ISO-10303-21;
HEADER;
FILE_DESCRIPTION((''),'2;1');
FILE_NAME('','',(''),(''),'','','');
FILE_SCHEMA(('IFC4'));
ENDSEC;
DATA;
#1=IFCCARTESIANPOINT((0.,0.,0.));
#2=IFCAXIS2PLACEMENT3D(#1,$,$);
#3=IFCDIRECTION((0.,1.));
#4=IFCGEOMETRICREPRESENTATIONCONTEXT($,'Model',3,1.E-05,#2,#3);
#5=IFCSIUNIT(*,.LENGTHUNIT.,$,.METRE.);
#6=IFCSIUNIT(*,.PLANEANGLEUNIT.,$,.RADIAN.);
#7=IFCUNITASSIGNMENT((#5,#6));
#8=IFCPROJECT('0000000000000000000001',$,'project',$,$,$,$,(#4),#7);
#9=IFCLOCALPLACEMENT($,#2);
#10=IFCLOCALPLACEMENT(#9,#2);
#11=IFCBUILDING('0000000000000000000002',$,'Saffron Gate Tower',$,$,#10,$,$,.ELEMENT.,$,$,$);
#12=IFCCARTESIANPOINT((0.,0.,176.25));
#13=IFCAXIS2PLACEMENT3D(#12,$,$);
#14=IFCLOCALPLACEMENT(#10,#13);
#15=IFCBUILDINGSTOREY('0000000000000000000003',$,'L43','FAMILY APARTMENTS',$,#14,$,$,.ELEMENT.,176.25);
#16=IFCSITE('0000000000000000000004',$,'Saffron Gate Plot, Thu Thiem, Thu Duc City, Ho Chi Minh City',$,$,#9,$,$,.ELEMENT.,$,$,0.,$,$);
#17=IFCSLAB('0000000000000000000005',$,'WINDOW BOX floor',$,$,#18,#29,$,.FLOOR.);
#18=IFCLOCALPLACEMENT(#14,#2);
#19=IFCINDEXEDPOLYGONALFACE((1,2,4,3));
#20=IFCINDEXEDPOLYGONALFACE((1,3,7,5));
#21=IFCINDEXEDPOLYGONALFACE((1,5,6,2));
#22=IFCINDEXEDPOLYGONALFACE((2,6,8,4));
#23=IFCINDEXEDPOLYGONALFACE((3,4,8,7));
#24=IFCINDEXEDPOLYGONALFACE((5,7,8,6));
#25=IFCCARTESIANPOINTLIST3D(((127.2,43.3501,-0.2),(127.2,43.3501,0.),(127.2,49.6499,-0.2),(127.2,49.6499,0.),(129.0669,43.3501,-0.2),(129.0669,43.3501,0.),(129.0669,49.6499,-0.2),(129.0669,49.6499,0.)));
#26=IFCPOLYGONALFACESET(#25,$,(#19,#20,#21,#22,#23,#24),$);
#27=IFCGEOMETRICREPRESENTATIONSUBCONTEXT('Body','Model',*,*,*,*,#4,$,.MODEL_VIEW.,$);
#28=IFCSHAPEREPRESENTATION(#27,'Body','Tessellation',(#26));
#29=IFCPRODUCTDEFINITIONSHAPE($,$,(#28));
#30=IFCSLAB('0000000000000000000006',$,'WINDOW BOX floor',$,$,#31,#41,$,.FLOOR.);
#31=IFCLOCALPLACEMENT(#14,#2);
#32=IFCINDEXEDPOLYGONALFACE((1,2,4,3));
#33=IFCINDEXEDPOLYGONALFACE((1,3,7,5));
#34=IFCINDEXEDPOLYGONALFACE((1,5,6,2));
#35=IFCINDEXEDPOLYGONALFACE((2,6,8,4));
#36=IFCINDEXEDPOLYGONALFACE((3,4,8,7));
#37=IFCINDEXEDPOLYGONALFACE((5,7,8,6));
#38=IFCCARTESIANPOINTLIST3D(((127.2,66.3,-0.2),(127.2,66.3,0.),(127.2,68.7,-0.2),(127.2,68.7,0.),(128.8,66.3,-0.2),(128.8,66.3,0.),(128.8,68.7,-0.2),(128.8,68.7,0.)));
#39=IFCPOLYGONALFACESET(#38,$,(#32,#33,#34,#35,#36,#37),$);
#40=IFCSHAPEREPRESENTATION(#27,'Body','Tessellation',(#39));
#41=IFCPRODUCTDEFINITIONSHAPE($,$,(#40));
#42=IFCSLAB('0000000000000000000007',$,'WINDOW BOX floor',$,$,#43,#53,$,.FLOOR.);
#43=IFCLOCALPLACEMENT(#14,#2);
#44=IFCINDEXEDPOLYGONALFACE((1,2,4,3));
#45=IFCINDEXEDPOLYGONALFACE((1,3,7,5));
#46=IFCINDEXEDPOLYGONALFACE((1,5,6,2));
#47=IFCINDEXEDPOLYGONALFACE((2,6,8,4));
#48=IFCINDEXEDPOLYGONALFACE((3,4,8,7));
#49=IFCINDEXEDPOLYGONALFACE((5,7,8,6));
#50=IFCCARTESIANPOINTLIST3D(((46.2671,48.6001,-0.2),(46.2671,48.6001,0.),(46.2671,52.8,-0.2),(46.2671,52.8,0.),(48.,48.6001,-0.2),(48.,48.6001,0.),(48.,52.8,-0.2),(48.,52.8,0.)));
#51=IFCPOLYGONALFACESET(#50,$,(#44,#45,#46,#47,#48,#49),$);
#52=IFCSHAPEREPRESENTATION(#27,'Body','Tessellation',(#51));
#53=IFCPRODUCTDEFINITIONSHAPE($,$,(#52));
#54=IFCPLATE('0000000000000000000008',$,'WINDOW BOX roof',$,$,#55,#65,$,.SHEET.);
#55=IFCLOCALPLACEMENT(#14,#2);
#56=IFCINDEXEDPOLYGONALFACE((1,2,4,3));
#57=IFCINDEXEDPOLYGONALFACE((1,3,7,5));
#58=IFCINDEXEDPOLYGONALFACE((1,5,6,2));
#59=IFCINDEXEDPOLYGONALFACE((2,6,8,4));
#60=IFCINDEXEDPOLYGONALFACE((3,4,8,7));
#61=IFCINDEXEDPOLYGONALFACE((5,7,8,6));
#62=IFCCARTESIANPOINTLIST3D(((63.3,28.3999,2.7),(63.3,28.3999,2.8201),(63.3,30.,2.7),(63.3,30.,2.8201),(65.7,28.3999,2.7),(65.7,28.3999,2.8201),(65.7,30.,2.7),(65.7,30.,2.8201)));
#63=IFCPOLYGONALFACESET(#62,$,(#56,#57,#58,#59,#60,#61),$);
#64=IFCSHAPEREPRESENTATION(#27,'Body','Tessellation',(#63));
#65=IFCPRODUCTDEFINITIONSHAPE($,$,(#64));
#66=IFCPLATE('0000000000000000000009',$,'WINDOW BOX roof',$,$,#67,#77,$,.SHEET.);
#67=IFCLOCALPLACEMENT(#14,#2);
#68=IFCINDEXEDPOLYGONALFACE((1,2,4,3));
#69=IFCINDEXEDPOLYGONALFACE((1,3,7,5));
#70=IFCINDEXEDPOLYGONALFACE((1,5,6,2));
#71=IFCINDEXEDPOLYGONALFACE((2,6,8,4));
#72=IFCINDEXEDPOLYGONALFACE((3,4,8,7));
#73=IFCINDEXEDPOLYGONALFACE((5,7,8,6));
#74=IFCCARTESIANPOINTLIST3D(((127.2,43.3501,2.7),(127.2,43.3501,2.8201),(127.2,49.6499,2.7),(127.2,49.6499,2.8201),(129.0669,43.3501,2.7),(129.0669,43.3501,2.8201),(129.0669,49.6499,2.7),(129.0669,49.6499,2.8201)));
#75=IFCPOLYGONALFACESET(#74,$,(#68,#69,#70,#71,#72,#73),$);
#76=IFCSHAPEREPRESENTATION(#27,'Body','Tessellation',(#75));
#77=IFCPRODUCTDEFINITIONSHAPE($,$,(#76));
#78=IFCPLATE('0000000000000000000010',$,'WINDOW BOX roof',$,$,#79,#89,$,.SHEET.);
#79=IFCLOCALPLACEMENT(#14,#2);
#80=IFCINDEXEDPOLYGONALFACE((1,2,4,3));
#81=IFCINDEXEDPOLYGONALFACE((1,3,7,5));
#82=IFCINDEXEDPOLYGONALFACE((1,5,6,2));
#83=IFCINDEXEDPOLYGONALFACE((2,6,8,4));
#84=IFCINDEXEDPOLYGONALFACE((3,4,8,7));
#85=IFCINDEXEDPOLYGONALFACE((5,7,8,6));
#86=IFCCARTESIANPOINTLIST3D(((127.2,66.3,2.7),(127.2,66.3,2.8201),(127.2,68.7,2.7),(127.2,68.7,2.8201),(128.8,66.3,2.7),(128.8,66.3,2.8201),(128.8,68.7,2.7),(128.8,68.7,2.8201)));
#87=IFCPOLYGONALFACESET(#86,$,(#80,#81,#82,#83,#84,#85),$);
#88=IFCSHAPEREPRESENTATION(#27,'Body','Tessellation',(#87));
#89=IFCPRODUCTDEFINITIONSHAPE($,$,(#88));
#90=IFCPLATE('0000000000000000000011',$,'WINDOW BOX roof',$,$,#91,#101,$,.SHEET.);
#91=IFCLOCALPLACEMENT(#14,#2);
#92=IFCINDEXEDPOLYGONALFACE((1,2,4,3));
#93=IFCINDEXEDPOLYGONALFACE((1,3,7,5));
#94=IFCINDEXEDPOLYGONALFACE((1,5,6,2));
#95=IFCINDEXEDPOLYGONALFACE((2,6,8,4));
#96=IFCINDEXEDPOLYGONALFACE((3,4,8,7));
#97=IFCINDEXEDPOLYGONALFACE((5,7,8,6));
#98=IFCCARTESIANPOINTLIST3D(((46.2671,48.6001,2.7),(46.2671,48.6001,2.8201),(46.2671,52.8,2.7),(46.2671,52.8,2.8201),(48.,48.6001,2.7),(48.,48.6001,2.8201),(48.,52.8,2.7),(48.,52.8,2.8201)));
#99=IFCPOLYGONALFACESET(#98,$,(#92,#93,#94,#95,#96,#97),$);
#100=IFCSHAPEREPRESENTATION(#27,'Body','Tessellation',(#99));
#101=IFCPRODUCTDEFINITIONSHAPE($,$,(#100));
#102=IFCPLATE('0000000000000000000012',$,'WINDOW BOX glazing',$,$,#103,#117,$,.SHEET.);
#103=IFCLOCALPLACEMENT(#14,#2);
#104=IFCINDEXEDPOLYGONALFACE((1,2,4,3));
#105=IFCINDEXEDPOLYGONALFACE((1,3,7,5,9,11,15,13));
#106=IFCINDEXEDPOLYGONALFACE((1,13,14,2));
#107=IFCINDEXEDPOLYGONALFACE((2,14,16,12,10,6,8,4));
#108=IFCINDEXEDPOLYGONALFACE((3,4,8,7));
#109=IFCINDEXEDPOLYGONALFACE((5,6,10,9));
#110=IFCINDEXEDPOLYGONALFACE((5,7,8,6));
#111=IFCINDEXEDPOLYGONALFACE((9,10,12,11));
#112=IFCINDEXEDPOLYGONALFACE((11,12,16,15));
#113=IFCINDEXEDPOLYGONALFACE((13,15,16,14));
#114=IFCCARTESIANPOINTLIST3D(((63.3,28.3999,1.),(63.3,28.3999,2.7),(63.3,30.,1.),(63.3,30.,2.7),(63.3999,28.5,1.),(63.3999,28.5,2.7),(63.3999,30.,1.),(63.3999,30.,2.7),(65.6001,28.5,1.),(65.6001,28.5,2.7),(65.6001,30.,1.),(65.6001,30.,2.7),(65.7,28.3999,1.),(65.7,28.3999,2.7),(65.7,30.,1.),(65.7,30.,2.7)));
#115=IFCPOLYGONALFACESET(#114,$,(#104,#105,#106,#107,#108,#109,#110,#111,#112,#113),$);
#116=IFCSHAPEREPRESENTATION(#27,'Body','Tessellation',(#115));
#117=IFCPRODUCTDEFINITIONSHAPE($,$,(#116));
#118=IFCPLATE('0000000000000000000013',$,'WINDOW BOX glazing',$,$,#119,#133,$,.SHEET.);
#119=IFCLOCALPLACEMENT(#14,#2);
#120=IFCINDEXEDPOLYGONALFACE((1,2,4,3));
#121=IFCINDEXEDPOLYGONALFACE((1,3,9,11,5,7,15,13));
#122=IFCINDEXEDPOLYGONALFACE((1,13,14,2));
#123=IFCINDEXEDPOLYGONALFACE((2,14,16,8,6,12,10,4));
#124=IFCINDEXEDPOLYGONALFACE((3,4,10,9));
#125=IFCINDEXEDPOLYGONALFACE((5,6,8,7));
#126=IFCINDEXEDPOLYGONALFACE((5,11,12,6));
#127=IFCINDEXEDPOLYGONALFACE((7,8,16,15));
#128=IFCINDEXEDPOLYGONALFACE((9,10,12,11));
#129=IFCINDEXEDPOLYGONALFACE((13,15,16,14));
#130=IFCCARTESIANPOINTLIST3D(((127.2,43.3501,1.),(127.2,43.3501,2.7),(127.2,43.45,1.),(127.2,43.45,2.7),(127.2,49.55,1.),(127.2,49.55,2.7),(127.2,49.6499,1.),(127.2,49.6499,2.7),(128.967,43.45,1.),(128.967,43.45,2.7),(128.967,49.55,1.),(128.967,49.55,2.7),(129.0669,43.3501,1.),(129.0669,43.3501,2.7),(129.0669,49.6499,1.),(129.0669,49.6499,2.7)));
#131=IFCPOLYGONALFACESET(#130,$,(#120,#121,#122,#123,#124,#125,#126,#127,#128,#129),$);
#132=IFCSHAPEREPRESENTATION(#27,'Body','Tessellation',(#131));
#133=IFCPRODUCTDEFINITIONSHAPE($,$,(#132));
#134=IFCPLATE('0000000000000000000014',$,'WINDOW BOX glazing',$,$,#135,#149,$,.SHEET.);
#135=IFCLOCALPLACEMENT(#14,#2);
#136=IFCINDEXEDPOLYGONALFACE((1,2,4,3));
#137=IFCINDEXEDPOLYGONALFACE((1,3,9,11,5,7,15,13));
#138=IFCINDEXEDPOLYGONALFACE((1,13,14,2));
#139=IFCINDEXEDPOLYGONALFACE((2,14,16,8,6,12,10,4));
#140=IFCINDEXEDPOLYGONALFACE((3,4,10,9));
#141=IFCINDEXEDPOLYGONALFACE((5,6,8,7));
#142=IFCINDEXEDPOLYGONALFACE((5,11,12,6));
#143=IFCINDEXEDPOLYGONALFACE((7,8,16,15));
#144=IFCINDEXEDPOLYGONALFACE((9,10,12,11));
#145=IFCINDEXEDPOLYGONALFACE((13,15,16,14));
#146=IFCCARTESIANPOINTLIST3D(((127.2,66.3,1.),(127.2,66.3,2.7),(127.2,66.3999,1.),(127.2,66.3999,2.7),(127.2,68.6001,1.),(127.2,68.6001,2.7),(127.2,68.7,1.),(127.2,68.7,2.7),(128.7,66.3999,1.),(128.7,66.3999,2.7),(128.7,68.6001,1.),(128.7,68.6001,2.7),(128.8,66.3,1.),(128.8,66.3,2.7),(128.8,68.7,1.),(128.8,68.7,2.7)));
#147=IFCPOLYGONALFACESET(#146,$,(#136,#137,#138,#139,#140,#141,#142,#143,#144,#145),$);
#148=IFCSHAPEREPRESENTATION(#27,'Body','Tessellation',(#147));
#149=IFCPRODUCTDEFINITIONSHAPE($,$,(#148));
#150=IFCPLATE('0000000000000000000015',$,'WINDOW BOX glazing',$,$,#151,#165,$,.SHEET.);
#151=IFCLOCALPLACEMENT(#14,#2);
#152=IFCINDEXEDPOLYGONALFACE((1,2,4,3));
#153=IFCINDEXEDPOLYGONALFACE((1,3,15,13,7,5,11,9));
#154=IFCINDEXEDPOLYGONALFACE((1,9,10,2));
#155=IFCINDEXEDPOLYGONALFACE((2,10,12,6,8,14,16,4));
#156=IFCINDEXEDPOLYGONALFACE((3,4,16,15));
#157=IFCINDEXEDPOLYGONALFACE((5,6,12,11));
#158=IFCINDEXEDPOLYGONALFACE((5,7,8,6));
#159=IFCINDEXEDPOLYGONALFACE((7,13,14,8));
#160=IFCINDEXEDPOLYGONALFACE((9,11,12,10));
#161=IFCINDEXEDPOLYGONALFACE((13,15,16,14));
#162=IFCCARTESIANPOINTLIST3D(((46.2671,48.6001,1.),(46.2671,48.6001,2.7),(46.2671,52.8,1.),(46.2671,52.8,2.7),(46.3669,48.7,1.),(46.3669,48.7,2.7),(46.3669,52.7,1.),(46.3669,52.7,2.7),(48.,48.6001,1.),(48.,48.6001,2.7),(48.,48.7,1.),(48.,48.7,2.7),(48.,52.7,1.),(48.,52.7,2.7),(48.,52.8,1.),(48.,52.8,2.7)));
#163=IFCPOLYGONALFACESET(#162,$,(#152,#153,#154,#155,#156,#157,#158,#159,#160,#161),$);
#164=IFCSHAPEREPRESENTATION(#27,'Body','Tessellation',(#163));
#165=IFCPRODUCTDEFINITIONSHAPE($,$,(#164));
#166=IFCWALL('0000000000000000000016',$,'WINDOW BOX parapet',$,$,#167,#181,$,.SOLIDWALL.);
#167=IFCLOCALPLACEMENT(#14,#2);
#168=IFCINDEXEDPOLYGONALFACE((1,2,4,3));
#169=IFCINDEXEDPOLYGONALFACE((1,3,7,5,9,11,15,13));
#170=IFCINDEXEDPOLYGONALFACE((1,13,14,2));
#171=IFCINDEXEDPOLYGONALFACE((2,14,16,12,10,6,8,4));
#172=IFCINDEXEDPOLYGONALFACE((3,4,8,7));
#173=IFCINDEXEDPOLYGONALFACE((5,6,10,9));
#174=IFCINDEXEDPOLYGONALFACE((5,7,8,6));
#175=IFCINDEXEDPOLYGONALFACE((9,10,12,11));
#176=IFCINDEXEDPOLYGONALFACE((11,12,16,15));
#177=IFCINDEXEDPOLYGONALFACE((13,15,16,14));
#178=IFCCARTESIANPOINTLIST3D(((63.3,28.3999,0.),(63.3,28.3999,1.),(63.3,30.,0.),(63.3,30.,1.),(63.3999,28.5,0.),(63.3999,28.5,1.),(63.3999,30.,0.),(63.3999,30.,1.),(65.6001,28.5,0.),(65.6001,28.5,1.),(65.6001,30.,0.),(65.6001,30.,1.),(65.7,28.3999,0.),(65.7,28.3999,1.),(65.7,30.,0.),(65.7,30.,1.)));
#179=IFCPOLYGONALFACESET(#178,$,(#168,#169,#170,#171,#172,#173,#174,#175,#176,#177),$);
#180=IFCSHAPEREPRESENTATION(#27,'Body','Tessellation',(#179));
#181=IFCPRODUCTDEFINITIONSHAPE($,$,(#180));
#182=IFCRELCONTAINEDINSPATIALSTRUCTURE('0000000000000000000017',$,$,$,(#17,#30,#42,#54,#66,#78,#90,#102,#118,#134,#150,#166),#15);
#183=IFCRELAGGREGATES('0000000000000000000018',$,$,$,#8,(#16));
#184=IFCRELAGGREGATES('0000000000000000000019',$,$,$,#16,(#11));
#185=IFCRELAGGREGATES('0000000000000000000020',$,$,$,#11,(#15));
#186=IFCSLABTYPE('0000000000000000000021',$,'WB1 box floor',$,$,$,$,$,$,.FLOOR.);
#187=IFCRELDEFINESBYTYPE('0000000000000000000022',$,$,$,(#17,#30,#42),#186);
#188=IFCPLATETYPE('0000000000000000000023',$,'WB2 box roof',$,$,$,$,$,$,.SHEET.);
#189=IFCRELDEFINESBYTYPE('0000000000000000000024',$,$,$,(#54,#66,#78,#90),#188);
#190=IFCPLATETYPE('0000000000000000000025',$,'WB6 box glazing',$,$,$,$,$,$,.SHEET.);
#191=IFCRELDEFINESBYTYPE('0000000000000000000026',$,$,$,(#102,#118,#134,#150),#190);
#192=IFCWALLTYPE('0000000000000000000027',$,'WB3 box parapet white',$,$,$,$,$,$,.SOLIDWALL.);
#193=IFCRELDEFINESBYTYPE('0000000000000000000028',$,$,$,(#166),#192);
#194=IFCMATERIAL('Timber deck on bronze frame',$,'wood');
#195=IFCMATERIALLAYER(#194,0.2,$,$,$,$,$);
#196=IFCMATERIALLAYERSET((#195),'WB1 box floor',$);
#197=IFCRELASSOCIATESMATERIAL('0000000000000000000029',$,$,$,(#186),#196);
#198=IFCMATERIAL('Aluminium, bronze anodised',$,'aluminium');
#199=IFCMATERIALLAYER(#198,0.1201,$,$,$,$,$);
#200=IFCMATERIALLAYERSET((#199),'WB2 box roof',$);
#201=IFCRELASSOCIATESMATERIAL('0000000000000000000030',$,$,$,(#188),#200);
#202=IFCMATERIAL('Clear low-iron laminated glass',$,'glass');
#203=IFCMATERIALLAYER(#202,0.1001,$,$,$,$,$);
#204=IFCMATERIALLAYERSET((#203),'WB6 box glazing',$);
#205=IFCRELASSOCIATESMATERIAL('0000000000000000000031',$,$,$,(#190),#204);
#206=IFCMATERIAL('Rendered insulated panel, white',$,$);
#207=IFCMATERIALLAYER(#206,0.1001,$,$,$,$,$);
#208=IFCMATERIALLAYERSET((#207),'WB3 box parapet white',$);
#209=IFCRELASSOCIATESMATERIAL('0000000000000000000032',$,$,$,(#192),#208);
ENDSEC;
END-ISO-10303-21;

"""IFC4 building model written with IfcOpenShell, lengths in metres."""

from ifc_helpers import new_model, si_unit, direction, frame, origin, place, context, subcontext, project, spatial, polyline, outline, extrude, material, layer, layer_set, type_object, element, save


model = new_model("IFC4")

# Units and contexts
model_context = context("Model", 3, precision=1e-05, world=origin(), true_north=direction((0.0, 1.0)))
body_context = subcontext(model_context, "Body", "Model", "MODEL_VIEW")
ifc_project = project(units=[si_unit("LENGTHUNIT", "METRE"), si_unit("PLANEANGLEUNIT", "RADIAN")], contexts=[model_context])

# Site, building, storey
site_placement = place(None, origin())
site = spatial("IfcSite", under=ifc_project, at=site_placement, Name="Saffron Gate Plot, Thu Thiem, Thu Duc City, Ho Chi Minh City", CompositionType="ELEMENT", RefElevation=0.0)
building_placement = place(site_placement, origin())
building = spatial("IfcBuilding", under=site, at=building_placement, Name="Saffron Gate Tower", CompositionType="ELEMENT")
storey_placement = place(building_placement, frame((0.0, 0.0, 176.25)))
storey = spatial("IfcBuildingStorey", under=building, at=storey_placement, Name="L43", Description="FAMILY APARTMENTS", CompositionType="ELEMENT", Elevation=176.25)

# Slabs
ifc_material_1 = material(Name="Timber deck on bronze frame", Category="wood")
ifc_layer_1 = layer(ifc_material_1, 0.2)
ifc_layer_set_1 = layer_set([ifc_layer_1], Name="WB1 box floor")
slab_type_1 = type_object("IfcSlabType", Name="WB1 box floor", PredefinedType="FLOOR", material=ifc_layer_set_1)
slab_1_placement = place(storey_placement, frame((0.0, 0.0, -0.2)))
element("IfcSlab", 1, at=slab_1_placement, inside=storey, type_object=slab_type_1, Name="WINDOW BOX floor", PredefinedType="FLOOR", context=body_context, shape_type="SweptSolid", body=[
    extrude(outline(polyline([(127.2, 43.3501), (127.2, 49.6499), (129.0669, 49.6499), (129.0669, 43.3501), (127.2, 43.3501)])), origin(), (0.0, 0.0, 1.0), 0.2),
])
slab_2_placement = place(storey_placement, frame((0.0, 0.0, -0.2)))
element("IfcSlab", 2, at=slab_2_placement, inside=storey, type_object=slab_type_1, Name="WINDOW BOX floor", PredefinedType="FLOOR", context=body_context, shape_type="SweptSolid", body=[
    extrude(outline(polyline([(127.2, 66.3), (127.2, 68.7), (128.8, 68.7), (128.8, 66.3), (127.2, 66.3)])), origin(), (0.0, 0.0, 1.0), 0.2),
])
slab_3_placement = place(storey_placement, frame((0.0, 0.0, -0.2)))
element("IfcSlab", 3, at=slab_3_placement, inside=storey, type_object=slab_type_1, Name="WINDOW BOX floor", PredefinedType="FLOOR", context=body_context, shape_type="SweptSolid", body=[
    extrude(outline(polyline([(48.0, 52.8), (48.0, 48.6001), (46.2671, 48.6001), (46.2671, 52.8), (48.0, 52.8)])), origin(), (0.0, 0.0, 1.0), 0.2),
])

# Plates
ifc_material_2 = material(Name="Aluminium, bronze anodised", Category="aluminium")
ifc_layer_2 = layer(ifc_material_2, 0.1201)
ifc_layer_set_2 = layer_set([ifc_layer_2], Name="WB2 box roof")
plate_type_1 = type_object("IfcPlateType", Name="WB2 box roof", PredefinedType="SHEET", material=ifc_layer_set_2)
plate_1_placement = place(storey_placement, frame((0.0, 0.0, 2.7)))
element("IfcPlate", 4, at=plate_1_placement, inside=storey, type_object=plate_type_1, Name="WINDOW BOX roof", PredefinedType="SHEET", context=body_context, shape_type="SweptSolid", body=[
    extrude(outline(polyline([(63.3, 30.0), (65.7, 30.0), (65.7, 28.3999), (63.3, 28.3999), (63.3, 30.0)])), origin(), (0.0, 0.0, 1.0), 0.1201),
])
plate_2_placement = place(storey_placement, frame((0.0, 0.0, 2.7)))
element("IfcPlate", 5, at=plate_2_placement, inside=storey, type_object=plate_type_1, Name="WINDOW BOX roof", PredefinedType="SHEET", context=body_context, shape_type="SweptSolid", body=[
    extrude(outline(polyline([(127.2, 43.3501), (127.2, 49.6499), (129.0669, 49.6499), (129.0669, 43.3501), (127.2, 43.3501)])), origin(), (0.0, 0.0, 1.0), 0.1201),
])
plate_3_placement = place(storey_placement, frame((0.0, 0.0, 2.7)))
element("IfcPlate", 6, at=plate_3_placement, inside=storey, type_object=plate_type_1, Name="WINDOW BOX roof", PredefinedType="SHEET", context=body_context, shape_type="SweptSolid", body=[
    extrude(outline(polyline([(127.2, 66.3), (127.2, 68.7), (128.8, 68.7), (128.8, 66.3), (127.2, 66.3)])), origin(), (0.0, 0.0, 1.0), 0.1201),
])
plate_4_placement = place(storey_placement, frame((0.0, 0.0, 2.7)))
element("IfcPlate", 7, at=plate_4_placement, inside=storey, type_object=plate_type_1, Name="WINDOW BOX roof", PredefinedType="SHEET", context=body_context, shape_type="SweptSolid", body=[
    extrude(outline(polyline([(48.0, 52.8), (48.0, 48.6001), (46.2671, 48.6001), (46.2671, 52.8), (48.0, 52.8)])), origin(), (0.0, 0.0, 1.0), 0.1201),
])
ifc_material_3 = material(Name="Clear low-iron laminated glass", Category="glass")
ifc_layer_3 = layer(ifc_material_3, 0.1001)
ifc_layer_set_3 = layer_set([ifc_layer_3], Name="WB6 box glazing")
plate_type_2 = type_object("IfcPlateType", Name="WB6 box glazing", PredefinedType="SHEET", material=ifc_layer_set_3)
plate_5_placement = place(storey_placement, frame((0.0, 0.0, 1.0)))
element("IfcPlate", 8, at=plate_5_placement, inside=storey, type_object=plate_type_2, Name="WINDOW BOX glazing", PredefinedType="SHEET", context=body_context, shape_type="SweptSolid", body=[
    extrude(outline(polyline([(63.3, 30.0), (63.3999, 30.0), (63.3999, 28.5), (65.6001, 28.5), (65.6001, 30.0), (65.7, 30.0), (65.7, 28.3999), (63.3, 28.3999), (63.3, 30.0)])), origin(), (0.0, 0.0, 1.0), 1.7),
])
plate_6_placement = place(storey_placement, frame((0.0, 0.0, 1.0)))
element("IfcPlate", 9, at=plate_6_placement, inside=storey, type_object=plate_type_2, Name="WINDOW BOX glazing", PredefinedType="SHEET", context=body_context, shape_type="SweptSolid", body=[
    extrude(outline(polyline([(127.2, 43.3501), (127.2, 43.45), (128.967, 43.45), (128.967, 49.55), (127.2, 49.55), (127.2, 49.6499), (129.0669, 49.6499), (129.0669, 43.3501), (127.2, 43.3501)])), origin(), (0.0, 0.0, 1.0), 1.7),
])
plate_7_placement = place(storey_placement, frame((0.0, 0.0, 1.0)))
element("IfcPlate", 10, at=plate_7_placement, inside=storey, type_object=plate_type_2, Name="WINDOW BOX glazing", PredefinedType="SHEET", context=body_context, shape_type="SweptSolid", body=[
    extrude(outline(polyline([(127.2, 66.3), (127.2, 66.3999), (128.7, 66.3999), (128.7, 68.6001), (127.2, 68.6001), (127.2, 68.7), (128.8, 68.7), (128.8, 66.3), (127.2, 66.3)])), origin(), (0.0, 0.0, 1.0), 1.7),
])
plate_8_placement = place(storey_placement, frame((0.0, 0.0, 1.0)))
element("IfcPlate", 11, at=plate_8_placement, inside=storey, type_object=plate_type_2, Name="WINDOW BOX glazing", PredefinedType="SHEET", context=body_context, shape_type="SweptSolid", body=[
    extrude(outline(polyline([(48.0, 52.8), (48.0, 52.7), (46.3669, 52.7), (46.3669, 48.7), (48.0, 48.7), (48.0, 48.6001), (46.2671, 48.6001), (46.2671, 52.8), (48.0, 52.8)])), origin(), (0.0, 0.0, 1.0), 1.7),
])

# Wall
ifc_material_4 = material(Name="Rendered insulated panel, white")
ifc_layer_4 = layer(ifc_material_4, 0.1001)
ifc_layer_set_4 = layer_set([ifc_layer_4], Name="WB3 box parapet white")
wall_type = type_object("IfcWallType", Name="WB3 box parapet white", PredefinedType="SOLIDWALL", material=ifc_layer_set_4)
wall_1_placement = place(storey_placement, origin())
element("IfcWall", 12, at=wall_1_placement, inside=storey, type_object=wall_type, Name="WINDOW BOX parapet", PredefinedType="SOLIDWALL", context=body_context, shape_type="SweptSolid", body=[
    extrude(outline(polyline([(63.3, 30.0), (63.3999, 30.0), (63.3999, 28.5), (65.6001, 28.5), (65.6001, 30.0), (65.7, 30.0), (65.7, 28.3999), (63.3, 28.3999), (63.3, 30.0)])), origin(), (0.0, 0.0, 1.0), 1.0),
])

save(model, "model.ifc")
